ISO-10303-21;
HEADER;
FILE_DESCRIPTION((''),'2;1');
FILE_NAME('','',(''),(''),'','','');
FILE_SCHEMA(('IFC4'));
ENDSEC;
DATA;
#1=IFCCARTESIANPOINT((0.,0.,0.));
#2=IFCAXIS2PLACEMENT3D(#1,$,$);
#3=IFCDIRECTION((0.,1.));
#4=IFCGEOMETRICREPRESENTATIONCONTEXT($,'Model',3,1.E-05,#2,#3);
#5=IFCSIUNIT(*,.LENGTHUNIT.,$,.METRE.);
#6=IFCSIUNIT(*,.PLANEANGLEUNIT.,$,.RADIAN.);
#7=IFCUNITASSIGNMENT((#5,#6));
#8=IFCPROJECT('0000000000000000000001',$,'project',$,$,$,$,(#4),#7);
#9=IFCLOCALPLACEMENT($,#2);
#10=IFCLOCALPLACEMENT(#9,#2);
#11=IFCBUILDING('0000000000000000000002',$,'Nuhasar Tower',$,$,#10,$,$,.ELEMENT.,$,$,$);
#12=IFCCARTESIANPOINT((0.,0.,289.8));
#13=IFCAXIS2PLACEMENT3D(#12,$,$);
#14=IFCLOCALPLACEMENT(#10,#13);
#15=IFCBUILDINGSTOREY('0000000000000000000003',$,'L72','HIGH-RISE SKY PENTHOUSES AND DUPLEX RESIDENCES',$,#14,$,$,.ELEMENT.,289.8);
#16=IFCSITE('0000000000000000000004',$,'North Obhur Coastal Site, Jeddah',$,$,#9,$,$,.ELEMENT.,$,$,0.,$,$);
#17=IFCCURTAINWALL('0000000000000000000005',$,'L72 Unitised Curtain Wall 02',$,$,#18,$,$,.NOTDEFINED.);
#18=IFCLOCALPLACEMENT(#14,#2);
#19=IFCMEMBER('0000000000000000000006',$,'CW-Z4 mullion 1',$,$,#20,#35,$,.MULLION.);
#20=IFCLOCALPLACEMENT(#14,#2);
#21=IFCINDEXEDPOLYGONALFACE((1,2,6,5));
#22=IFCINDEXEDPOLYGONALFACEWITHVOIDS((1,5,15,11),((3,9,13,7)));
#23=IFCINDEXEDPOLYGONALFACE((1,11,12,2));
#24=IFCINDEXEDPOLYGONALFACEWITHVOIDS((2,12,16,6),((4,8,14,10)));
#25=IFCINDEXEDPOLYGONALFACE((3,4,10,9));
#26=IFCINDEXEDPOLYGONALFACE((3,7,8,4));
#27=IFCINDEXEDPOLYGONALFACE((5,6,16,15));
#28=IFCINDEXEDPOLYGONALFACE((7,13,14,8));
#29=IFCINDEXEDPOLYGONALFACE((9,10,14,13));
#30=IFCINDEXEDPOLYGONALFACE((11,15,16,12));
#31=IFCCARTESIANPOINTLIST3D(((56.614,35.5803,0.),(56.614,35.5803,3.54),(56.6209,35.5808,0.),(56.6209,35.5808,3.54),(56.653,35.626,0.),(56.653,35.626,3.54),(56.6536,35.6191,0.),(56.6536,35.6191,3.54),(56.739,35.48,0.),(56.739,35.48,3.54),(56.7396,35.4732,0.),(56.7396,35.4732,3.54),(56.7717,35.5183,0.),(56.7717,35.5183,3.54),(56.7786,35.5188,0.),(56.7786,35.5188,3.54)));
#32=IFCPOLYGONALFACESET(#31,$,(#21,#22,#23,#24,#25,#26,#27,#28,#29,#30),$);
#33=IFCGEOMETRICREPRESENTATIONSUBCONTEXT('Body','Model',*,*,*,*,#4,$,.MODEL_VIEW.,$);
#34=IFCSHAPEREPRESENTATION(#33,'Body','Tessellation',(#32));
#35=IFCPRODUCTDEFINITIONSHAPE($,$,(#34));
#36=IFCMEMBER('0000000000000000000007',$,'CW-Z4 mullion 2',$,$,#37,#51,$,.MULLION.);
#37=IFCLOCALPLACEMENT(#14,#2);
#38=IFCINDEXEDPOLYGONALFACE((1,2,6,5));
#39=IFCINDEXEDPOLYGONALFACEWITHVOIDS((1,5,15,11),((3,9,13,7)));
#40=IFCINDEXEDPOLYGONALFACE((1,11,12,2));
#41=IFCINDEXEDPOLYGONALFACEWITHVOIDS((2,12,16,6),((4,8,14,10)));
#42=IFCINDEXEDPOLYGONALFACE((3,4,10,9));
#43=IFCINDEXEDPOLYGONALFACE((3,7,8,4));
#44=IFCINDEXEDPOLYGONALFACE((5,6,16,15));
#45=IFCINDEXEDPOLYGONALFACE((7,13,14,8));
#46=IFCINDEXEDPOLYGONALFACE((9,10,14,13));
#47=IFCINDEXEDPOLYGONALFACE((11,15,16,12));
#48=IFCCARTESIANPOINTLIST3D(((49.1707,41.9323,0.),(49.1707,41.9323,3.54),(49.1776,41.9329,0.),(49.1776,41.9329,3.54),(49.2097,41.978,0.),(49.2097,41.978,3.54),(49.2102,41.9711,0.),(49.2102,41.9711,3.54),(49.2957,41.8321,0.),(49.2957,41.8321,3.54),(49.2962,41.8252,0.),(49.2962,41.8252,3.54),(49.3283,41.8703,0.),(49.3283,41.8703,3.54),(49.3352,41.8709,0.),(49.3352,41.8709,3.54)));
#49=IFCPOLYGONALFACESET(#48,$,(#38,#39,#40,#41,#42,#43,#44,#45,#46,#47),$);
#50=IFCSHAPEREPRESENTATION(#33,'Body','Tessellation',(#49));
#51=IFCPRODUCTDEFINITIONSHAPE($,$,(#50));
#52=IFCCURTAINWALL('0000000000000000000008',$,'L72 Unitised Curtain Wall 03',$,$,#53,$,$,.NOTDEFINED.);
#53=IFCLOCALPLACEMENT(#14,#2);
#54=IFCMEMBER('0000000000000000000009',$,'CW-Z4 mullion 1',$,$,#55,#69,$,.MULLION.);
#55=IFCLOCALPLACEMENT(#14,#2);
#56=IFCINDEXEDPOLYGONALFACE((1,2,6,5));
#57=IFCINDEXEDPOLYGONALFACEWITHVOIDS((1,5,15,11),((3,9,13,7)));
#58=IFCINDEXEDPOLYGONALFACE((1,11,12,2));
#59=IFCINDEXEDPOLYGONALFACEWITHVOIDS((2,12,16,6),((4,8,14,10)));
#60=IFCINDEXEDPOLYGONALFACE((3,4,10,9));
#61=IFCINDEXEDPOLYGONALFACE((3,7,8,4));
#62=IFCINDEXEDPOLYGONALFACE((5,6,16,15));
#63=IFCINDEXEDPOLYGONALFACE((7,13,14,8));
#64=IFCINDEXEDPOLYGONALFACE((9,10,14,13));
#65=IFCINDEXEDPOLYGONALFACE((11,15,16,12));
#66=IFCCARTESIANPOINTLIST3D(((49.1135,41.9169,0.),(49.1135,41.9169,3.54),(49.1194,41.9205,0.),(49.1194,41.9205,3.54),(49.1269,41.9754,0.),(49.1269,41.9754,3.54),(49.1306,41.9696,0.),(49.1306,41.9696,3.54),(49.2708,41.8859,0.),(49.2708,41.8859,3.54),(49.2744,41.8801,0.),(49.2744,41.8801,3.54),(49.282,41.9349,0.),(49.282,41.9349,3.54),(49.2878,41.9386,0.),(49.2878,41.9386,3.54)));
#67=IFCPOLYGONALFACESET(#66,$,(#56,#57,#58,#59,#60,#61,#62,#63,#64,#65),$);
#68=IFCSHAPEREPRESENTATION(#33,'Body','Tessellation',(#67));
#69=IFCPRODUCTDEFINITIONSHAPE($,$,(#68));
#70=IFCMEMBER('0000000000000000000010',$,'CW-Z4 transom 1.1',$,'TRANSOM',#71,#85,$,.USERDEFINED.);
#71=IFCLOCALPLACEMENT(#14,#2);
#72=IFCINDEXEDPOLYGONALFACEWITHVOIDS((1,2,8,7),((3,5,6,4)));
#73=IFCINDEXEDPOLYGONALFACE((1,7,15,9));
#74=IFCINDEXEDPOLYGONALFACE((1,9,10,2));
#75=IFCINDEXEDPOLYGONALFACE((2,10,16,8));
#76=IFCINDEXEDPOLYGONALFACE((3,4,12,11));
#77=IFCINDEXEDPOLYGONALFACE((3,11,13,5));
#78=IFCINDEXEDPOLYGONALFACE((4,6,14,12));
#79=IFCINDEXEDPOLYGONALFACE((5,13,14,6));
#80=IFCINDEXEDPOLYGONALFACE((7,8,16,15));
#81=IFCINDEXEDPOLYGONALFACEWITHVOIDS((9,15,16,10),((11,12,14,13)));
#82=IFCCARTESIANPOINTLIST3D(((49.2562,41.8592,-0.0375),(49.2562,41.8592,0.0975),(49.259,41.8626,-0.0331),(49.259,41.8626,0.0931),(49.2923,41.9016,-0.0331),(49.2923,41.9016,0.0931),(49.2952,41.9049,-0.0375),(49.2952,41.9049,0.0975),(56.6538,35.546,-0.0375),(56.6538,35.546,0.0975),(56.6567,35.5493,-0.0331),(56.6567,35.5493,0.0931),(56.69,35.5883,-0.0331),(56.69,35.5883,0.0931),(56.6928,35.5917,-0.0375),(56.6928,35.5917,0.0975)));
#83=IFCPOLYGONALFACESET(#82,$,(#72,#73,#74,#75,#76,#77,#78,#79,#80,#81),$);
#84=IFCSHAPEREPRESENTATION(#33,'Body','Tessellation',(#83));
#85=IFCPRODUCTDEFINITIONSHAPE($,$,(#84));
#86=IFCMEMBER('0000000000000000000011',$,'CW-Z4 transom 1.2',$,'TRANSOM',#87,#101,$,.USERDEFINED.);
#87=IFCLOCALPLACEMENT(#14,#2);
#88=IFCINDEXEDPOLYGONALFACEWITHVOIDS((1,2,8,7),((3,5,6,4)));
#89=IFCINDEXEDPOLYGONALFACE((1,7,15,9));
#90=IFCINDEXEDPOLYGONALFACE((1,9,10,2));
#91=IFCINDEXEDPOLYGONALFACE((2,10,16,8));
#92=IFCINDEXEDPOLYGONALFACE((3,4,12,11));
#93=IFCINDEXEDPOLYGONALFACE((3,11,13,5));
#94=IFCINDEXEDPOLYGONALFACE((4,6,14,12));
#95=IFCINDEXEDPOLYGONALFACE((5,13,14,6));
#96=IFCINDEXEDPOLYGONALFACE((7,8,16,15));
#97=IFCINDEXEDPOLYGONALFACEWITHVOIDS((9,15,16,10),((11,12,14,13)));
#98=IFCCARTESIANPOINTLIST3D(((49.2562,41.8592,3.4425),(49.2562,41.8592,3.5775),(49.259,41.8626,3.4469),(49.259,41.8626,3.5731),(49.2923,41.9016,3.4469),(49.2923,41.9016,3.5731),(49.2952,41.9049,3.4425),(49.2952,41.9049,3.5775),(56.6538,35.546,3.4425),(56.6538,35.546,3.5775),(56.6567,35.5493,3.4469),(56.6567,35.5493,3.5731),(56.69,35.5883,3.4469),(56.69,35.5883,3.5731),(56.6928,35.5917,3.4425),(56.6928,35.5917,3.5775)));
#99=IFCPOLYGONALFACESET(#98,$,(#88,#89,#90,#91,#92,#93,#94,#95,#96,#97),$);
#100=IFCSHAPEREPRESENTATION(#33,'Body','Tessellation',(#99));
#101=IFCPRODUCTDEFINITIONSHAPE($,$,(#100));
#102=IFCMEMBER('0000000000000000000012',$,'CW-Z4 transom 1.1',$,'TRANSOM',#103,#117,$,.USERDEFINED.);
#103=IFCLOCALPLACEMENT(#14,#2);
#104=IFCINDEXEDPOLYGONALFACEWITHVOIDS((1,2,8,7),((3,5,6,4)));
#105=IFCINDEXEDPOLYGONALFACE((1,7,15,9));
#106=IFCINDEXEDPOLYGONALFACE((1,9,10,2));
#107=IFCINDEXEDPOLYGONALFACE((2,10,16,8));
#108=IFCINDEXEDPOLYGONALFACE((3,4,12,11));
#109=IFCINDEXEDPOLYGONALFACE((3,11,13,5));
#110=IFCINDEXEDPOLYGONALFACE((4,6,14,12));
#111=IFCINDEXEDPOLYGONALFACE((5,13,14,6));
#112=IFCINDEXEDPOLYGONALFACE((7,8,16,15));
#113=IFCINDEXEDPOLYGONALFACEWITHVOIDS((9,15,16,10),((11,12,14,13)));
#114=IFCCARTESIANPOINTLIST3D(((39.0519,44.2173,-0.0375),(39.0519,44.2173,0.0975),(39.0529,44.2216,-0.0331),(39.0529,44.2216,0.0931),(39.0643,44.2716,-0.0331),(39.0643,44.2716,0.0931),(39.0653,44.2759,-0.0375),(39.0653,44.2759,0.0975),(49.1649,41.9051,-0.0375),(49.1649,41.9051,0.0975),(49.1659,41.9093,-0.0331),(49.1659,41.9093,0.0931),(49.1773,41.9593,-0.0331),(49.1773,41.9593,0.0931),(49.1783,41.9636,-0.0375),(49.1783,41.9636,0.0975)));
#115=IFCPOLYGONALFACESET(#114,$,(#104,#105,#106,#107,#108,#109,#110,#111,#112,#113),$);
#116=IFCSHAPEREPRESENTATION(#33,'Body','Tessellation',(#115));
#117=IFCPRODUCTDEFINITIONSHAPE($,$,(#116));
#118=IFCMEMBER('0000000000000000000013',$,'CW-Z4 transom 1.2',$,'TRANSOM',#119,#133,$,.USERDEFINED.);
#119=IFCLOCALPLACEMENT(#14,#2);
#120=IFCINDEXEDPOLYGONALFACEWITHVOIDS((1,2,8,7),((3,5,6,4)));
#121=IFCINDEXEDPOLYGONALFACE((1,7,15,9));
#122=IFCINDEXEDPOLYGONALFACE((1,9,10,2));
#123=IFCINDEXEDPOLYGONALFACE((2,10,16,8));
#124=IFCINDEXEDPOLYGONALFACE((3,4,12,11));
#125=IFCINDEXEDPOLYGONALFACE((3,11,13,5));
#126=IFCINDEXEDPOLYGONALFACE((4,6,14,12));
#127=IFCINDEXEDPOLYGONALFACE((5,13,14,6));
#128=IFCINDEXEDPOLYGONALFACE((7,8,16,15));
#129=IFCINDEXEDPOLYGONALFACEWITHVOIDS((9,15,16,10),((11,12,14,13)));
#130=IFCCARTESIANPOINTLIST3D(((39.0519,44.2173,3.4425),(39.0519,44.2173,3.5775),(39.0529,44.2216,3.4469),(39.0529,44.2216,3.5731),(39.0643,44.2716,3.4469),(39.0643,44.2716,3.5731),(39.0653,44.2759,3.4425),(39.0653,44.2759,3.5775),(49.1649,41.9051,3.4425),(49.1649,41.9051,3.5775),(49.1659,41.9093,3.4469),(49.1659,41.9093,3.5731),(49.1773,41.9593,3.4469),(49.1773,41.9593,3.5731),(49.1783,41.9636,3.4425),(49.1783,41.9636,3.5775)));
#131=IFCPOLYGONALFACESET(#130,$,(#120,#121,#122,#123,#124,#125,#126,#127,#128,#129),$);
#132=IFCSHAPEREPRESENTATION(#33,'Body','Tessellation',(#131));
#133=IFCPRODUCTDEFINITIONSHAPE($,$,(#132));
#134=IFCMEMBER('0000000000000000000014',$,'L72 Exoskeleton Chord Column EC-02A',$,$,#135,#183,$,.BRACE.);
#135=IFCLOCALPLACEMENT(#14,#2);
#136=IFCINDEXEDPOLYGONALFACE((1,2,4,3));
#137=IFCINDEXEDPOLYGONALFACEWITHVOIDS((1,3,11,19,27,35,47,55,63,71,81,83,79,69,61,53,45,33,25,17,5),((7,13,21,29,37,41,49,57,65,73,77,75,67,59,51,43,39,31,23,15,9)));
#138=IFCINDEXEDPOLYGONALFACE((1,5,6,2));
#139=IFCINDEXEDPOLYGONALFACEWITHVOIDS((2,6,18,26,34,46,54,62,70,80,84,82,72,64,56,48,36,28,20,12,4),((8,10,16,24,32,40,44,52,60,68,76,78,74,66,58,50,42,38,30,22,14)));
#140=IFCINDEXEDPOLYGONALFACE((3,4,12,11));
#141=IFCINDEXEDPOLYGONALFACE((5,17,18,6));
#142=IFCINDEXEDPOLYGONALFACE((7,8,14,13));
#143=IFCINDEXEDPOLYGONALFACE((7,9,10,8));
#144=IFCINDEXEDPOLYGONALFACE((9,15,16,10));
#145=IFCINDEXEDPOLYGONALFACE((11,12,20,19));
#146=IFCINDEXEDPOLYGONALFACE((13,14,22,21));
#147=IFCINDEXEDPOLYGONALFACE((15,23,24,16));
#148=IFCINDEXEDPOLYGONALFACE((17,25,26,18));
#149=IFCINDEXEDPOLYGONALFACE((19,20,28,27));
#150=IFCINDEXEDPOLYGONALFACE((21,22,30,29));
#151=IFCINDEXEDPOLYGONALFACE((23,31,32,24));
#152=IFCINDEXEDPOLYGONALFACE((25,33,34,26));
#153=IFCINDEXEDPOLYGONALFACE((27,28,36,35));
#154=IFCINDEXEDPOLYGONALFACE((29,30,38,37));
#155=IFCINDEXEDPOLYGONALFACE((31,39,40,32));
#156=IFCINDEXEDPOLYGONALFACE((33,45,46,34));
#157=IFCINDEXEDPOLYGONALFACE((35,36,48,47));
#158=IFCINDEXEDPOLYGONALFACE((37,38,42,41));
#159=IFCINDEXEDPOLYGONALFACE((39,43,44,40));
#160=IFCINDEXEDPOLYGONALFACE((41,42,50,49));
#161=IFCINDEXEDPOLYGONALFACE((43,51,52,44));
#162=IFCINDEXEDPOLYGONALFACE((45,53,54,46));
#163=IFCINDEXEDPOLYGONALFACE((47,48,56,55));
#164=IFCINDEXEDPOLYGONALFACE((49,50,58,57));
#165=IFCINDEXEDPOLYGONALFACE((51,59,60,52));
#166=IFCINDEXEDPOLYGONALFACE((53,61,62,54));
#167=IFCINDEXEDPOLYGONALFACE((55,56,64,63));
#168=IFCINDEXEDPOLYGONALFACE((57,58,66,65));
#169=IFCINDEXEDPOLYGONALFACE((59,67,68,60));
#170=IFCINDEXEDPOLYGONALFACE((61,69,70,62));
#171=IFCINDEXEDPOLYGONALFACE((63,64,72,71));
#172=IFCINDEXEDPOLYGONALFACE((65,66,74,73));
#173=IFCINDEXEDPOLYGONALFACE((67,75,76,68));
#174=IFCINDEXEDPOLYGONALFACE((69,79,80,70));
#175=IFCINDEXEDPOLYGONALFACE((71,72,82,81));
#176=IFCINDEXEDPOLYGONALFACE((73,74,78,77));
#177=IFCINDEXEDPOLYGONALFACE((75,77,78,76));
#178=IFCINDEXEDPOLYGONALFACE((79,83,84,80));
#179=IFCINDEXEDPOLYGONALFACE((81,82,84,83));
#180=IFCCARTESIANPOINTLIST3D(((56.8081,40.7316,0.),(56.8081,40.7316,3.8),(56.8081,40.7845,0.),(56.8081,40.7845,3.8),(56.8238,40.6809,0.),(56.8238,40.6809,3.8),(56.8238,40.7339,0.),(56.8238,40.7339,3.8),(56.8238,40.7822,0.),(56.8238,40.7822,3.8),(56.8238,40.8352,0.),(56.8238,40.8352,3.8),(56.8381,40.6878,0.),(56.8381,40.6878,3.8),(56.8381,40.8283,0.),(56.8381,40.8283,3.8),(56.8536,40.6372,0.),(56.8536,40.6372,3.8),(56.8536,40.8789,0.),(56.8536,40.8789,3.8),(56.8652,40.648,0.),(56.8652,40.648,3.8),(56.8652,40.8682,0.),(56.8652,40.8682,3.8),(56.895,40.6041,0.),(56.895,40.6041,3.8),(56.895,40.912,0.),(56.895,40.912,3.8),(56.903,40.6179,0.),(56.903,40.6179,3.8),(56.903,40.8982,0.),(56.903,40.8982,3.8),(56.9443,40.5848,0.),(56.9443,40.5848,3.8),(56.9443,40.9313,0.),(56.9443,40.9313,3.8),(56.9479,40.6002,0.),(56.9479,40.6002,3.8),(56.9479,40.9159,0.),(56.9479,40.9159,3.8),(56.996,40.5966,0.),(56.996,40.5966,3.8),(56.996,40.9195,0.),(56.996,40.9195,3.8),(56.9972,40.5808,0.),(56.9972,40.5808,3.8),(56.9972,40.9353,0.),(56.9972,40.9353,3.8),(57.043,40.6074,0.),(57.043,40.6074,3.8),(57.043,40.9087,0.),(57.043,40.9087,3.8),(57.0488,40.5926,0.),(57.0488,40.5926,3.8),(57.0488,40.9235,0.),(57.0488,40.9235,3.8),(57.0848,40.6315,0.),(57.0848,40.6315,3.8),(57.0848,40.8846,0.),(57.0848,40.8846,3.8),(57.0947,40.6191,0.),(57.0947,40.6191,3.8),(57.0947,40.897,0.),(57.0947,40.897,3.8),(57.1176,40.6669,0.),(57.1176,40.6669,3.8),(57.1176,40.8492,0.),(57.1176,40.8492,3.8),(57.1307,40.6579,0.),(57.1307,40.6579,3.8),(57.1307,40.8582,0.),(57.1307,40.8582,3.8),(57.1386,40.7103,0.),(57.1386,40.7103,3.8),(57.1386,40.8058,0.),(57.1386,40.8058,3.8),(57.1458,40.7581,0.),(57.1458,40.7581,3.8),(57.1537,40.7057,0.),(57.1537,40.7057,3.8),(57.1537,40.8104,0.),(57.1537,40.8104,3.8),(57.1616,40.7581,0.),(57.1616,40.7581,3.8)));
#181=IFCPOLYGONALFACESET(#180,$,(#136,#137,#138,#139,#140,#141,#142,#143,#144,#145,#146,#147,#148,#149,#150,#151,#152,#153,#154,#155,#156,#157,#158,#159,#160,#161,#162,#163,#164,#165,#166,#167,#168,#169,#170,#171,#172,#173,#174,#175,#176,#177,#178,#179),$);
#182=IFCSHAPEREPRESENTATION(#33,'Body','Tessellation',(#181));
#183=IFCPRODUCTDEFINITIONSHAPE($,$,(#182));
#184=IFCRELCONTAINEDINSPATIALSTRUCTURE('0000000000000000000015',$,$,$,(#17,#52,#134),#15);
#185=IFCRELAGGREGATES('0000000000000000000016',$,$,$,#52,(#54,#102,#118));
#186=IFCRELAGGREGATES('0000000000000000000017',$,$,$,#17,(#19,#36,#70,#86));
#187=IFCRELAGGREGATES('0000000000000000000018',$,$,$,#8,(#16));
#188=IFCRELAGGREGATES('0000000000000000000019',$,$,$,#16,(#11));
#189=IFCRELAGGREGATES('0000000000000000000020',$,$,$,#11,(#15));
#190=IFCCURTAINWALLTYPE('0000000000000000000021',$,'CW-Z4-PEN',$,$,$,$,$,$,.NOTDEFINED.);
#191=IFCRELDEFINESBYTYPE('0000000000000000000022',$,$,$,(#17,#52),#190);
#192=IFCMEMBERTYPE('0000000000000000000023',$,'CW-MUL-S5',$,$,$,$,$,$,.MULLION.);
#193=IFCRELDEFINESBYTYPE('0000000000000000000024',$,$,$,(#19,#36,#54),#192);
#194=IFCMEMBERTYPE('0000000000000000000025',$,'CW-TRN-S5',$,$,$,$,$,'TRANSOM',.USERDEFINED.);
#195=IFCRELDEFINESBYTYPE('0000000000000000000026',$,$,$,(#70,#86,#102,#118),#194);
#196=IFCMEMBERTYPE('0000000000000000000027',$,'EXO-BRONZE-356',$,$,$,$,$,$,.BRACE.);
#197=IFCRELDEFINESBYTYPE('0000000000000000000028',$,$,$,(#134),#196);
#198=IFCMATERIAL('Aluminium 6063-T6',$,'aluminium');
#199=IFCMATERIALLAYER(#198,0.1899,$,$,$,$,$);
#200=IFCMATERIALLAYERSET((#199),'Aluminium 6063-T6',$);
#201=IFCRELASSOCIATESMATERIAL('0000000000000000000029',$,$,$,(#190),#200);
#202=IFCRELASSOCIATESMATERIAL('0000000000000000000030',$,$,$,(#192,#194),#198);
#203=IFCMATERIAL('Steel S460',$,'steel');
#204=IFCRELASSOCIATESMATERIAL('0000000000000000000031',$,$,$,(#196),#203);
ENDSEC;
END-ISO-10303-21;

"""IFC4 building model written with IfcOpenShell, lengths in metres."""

from ifc_helpers import new_model, si_unit, direction, frame, origin, origin_2d, place, context, subcontext, project, spatial, hollow_rectangle, hollow_circle, extrude, material, layer, layer_set, material_profile, profile_set, type_object, element, aggregate, save


model = new_model("IFC4")

# Units and contexts
model_context = context("Model", 3, precision=1e-05, world=origin(), true_north=direction((0.0, 1.0)))
body_context = subcontext(model_context, "Body", "Model", "MODEL_VIEW")
ifc_project = project(units=[si_unit("LENGTHUNIT", "METRE"), si_unit("PLANEANGLEUNIT", "RADIAN")], contexts=[model_context])

# Site, building, storey
site_placement = place(None, origin())
site = spatial("IfcSite", under=ifc_project, at=site_placement, Name="North Obhur Coastal Site, Jeddah", CompositionType="ELEMENT", RefElevation=0.0)
building_placement = place(site_placement, origin())
building = spatial("IfcBuilding", under=site, at=building_placement, Name="Nuhasar Tower", CompositionType="ELEMENT")
storey_placement = place(building_placement, frame((0.0, 0.0, 289.8)))
storey = spatial("IfcBuildingStorey", under=building, at=storey_placement, Name="L72", Description="HIGH-RISE SKY PENTHOUSES AND DUPLEX RESIDENCES", CompositionType="ELEMENT", Elevation=289.8)

# Curtain wall, members
ifc_material_1 = material(Name="Aluminium 6063-T6", Category="aluminium")
ifc_layer_1 = layer(ifc_material_1, 0.1899)
ifc_layer_set_1 = layer_set([ifc_layer_1], Name="Aluminium 6063-T6")
curtain_wall_type = type_object("IfcCurtainWallType", Name="CW-Z4-PEN", PredefinedType="NOTDEFINED", material=ifc_layer_set_1)
curtain_wall_1_placement = place(storey_placement, origin())
curtain_wall_1 = element("IfcCurtainWall", 1, at=curtain_wall_1_placement, inside=storey, type_object=curtain_wall_type, Name="L72 Unitised Curtain Wall 02", PredefinedType="NOTDEFINED")
ifc_material_profile_1 = material_profile(ifc_material_1, hollow_rectangle(XDim=0.0601, YDim=0.165, WallThickness=0.0049, at=origin_2d()), Name="CWM-5")
ifc_profile_set_1 = profile_set([ifc_material_profile_1], Name="Aluminium 6063-T6")
member_type_1 = type_object("IfcMemberType", Name="CW-MUL-S5", PredefinedType="MULLION", material=ifc_profile_set_1)
member_1_placement = place(storey_placement, frame((56.6963, 35.5496, 0.0), z_axis=(0.0, 0.0, 1.0), x_axis=(-0.649142, -0.760667, 0.0)))
member_1 = element("IfcMember", 2, at=member_1_placement, type_object=member_type_1, Name="CW-Z4 mullion 1", PredefinedType="MULLION", context=body_context, shape_type="SweptSolid", body=[
    extrude(hollow_rectangle(XDim=0.0601, YDim=0.165, WallThickness=0.0049, at=origin_2d()), origin(), (0.0, 0.0, 1.0), 3.54),
])
member_2_placement = place(storey_placement, frame((49.2529, 41.9016, 0.0), z_axis=(0.0, 0.0, 1.0), x_axis=(-0.649142, -0.760667, 0.0)))
member_2 = element("IfcMember", 3, at=member_2_placement, type_object=member_type_1, Name="CW-Z4 mullion 2", PredefinedType="MULLION", context=body_context, shape_type="SweptSolid", body=[
    extrude(hollow_rectangle(XDim=0.0601, YDim=0.165, WallThickness=0.0049, at=origin_2d()), origin(), (0.0, 0.0, 1.0), 3.54),
])

# Curtain wall, member
curtain_wall_2_placement = place(storey_placement, origin())
curtain_wall_2 = element("IfcCurtainWall", 4, at=curtain_wall_2_placement, inside=storey, type_object=curtain_wall_type, Name="L72 Unitised Curtain Wall 03", PredefinedType="NOTDEFINED")
member_3_placement = place(storey_placement, frame((49.2007, 41.9277, 0.0), z_axis=(0.0, 0.0, 1.0), x_axis=(-0.222889, -0.974844, 0.0)))
member_3 = element("IfcMember", 5, at=member_3_placement, type_object=member_type_1, Name="CW-Z4 mullion 1", PredefinedType="MULLION", context=body_context, shape_type="SweptSolid", body=[
    extrude(hollow_rectangle(XDim=0.0601, YDim=0.165, WallThickness=0.0049, at=origin_2d()), origin(), (0.0, 0.0, 1.0), 3.54),
])

# Members
ifc_material_profile_2 = material_profile(ifc_material_1, hollow_rectangle(XDim=0.0601, YDim=0.135, WallThickness=0.0044, at=origin_2d()), Name="CWT-5")
ifc_profile_set_2 = profile_set([ifc_material_profile_2], Name="Aluminium 6063-T6")
member_type_2 = type_object("IfcMemberType", Name="CW-TRN-S5", ElementType="TRANSOM", PredefinedType="USERDEFINED", material=ifc_profile_set_2)
member_4_placement = place(storey_placement, frame((56.6733, 35.5688, 0.03), z_axis=(-0.76066, 0.64915, 0.0), x_axis=(-0.64915, -0.76066, 0.0)))
member_4 = element("IfcMember", 6, at=member_4_placement, type_object=member_type_2, Name="CW-Z4 transom 1.1", ObjectType="TRANSOM", PredefinedType="USERDEFINED", context=body_context, shape_type="SweptSolid", body=[
    extrude(hollow_rectangle(XDim=0.0601, YDim=0.135, WallThickness=0.0044, at=origin_2d()), origin(), (0.0, 0.0, 1.0), 9.7253),
])
member_5_placement = place(storey_placement, frame((56.6733, 35.5688, 3.51), z_axis=(-0.76066, 0.64915, 0.0), x_axis=(-0.64915, -0.76066, 0.0)))
member_5 = element("IfcMember", 7, at=member_5_placement, type_object=member_type_2, Name="CW-Z4 transom 1.2", ObjectType="TRANSOM", PredefinedType="USERDEFINED", context=body_context, shape_type="SweptSolid", body=[
    extrude(hollow_rectangle(XDim=0.0601, YDim=0.135, WallThickness=0.0044, at=origin_2d()), origin(), (0.0, 0.0, 1.0), 9.7253),
])
member_6_placement = place(storey_placement, frame((49.1716, 41.9343, 0.03), z_axis=(-0.974844, 0.222889, 0.0), x_axis=(-0.222889, -0.974844, 0.0)))
member_6 = element("IfcMember", 8, at=member_6_placement, type_object=member_type_2, Name="CW-Z4 transom 1.1", ObjectType="TRANSOM", PredefinedType="USERDEFINED", context=body_context, shape_type="SweptSolid", body=[
    extrude(hollow_rectangle(XDim=0.0601, YDim=0.135, WallThickness=0.0044, at=origin_2d()), origin(), (0.0, 0.0, 1.0), 10.374),
])
member_7_placement = place(storey_placement, frame((49.1716, 41.9343, 3.51), z_axis=(-0.974844, 0.222889, 0.0), x_axis=(-0.222889, -0.974844, 0.0)))
member_7 = element("IfcMember", 9, at=member_7_placement, type_object=member_type_2, Name="CW-Z4 transom 1.2", ObjectType="TRANSOM", PredefinedType="USERDEFINED", context=body_context, shape_type="SweptSolid", body=[
    extrude(hollow_rectangle(XDim=0.0601, YDim=0.135, WallThickness=0.0044, at=origin_2d()), origin(), (0.0, 0.0, 1.0), 10.374),
])
aggregate(curtain_wall_2, [member_3, member_6, member_7])

# Member
ifc_material_2 = material(Name="Steel S460", Category="steel")
ifc_material_profile_3 = material_profile(ifc_material_2, hollow_circle(Radius=0.1777, WallThickness=0.0159, at=origin_2d()), Name="HSS355.6X15.9")
ifc_profile_set_3 = profile_set([ifc_material_profile_3], Name="Steel S460")
member_type_3 = type_object("IfcMemberType", Name="EXO-BRONZE-356", PredefinedType="BRACE", material=ifc_profile_set_3)
for number, where, z_axis, x_axis, name in (
    (10, (56.9839, 40.7581, 0.0), (0.0, 0.0, 1.0), (1.0, 0.0, 0.0), "L72 Exoskeleton Chord Column EC-02A"),
):
    element("IfcMember", number, at=place(storey_placement, frame(where, z_axis=z_axis, x_axis=x_axis)), inside=storey, type_object=member_type_3, Name=name, PredefinedType="BRACE", context=body_context, shape_type="SweptSolid", body=[
        extrude(hollow_circle(Radius=0.1777, WallThickness=0.0159, at=origin_2d()), origin(), (0.0, 0.0, 1.0), 3.8),
    ])

aggregate(curtain_wall_1, [member_1, member_2, member_4, member_5])

save(model, "model.ifc")
